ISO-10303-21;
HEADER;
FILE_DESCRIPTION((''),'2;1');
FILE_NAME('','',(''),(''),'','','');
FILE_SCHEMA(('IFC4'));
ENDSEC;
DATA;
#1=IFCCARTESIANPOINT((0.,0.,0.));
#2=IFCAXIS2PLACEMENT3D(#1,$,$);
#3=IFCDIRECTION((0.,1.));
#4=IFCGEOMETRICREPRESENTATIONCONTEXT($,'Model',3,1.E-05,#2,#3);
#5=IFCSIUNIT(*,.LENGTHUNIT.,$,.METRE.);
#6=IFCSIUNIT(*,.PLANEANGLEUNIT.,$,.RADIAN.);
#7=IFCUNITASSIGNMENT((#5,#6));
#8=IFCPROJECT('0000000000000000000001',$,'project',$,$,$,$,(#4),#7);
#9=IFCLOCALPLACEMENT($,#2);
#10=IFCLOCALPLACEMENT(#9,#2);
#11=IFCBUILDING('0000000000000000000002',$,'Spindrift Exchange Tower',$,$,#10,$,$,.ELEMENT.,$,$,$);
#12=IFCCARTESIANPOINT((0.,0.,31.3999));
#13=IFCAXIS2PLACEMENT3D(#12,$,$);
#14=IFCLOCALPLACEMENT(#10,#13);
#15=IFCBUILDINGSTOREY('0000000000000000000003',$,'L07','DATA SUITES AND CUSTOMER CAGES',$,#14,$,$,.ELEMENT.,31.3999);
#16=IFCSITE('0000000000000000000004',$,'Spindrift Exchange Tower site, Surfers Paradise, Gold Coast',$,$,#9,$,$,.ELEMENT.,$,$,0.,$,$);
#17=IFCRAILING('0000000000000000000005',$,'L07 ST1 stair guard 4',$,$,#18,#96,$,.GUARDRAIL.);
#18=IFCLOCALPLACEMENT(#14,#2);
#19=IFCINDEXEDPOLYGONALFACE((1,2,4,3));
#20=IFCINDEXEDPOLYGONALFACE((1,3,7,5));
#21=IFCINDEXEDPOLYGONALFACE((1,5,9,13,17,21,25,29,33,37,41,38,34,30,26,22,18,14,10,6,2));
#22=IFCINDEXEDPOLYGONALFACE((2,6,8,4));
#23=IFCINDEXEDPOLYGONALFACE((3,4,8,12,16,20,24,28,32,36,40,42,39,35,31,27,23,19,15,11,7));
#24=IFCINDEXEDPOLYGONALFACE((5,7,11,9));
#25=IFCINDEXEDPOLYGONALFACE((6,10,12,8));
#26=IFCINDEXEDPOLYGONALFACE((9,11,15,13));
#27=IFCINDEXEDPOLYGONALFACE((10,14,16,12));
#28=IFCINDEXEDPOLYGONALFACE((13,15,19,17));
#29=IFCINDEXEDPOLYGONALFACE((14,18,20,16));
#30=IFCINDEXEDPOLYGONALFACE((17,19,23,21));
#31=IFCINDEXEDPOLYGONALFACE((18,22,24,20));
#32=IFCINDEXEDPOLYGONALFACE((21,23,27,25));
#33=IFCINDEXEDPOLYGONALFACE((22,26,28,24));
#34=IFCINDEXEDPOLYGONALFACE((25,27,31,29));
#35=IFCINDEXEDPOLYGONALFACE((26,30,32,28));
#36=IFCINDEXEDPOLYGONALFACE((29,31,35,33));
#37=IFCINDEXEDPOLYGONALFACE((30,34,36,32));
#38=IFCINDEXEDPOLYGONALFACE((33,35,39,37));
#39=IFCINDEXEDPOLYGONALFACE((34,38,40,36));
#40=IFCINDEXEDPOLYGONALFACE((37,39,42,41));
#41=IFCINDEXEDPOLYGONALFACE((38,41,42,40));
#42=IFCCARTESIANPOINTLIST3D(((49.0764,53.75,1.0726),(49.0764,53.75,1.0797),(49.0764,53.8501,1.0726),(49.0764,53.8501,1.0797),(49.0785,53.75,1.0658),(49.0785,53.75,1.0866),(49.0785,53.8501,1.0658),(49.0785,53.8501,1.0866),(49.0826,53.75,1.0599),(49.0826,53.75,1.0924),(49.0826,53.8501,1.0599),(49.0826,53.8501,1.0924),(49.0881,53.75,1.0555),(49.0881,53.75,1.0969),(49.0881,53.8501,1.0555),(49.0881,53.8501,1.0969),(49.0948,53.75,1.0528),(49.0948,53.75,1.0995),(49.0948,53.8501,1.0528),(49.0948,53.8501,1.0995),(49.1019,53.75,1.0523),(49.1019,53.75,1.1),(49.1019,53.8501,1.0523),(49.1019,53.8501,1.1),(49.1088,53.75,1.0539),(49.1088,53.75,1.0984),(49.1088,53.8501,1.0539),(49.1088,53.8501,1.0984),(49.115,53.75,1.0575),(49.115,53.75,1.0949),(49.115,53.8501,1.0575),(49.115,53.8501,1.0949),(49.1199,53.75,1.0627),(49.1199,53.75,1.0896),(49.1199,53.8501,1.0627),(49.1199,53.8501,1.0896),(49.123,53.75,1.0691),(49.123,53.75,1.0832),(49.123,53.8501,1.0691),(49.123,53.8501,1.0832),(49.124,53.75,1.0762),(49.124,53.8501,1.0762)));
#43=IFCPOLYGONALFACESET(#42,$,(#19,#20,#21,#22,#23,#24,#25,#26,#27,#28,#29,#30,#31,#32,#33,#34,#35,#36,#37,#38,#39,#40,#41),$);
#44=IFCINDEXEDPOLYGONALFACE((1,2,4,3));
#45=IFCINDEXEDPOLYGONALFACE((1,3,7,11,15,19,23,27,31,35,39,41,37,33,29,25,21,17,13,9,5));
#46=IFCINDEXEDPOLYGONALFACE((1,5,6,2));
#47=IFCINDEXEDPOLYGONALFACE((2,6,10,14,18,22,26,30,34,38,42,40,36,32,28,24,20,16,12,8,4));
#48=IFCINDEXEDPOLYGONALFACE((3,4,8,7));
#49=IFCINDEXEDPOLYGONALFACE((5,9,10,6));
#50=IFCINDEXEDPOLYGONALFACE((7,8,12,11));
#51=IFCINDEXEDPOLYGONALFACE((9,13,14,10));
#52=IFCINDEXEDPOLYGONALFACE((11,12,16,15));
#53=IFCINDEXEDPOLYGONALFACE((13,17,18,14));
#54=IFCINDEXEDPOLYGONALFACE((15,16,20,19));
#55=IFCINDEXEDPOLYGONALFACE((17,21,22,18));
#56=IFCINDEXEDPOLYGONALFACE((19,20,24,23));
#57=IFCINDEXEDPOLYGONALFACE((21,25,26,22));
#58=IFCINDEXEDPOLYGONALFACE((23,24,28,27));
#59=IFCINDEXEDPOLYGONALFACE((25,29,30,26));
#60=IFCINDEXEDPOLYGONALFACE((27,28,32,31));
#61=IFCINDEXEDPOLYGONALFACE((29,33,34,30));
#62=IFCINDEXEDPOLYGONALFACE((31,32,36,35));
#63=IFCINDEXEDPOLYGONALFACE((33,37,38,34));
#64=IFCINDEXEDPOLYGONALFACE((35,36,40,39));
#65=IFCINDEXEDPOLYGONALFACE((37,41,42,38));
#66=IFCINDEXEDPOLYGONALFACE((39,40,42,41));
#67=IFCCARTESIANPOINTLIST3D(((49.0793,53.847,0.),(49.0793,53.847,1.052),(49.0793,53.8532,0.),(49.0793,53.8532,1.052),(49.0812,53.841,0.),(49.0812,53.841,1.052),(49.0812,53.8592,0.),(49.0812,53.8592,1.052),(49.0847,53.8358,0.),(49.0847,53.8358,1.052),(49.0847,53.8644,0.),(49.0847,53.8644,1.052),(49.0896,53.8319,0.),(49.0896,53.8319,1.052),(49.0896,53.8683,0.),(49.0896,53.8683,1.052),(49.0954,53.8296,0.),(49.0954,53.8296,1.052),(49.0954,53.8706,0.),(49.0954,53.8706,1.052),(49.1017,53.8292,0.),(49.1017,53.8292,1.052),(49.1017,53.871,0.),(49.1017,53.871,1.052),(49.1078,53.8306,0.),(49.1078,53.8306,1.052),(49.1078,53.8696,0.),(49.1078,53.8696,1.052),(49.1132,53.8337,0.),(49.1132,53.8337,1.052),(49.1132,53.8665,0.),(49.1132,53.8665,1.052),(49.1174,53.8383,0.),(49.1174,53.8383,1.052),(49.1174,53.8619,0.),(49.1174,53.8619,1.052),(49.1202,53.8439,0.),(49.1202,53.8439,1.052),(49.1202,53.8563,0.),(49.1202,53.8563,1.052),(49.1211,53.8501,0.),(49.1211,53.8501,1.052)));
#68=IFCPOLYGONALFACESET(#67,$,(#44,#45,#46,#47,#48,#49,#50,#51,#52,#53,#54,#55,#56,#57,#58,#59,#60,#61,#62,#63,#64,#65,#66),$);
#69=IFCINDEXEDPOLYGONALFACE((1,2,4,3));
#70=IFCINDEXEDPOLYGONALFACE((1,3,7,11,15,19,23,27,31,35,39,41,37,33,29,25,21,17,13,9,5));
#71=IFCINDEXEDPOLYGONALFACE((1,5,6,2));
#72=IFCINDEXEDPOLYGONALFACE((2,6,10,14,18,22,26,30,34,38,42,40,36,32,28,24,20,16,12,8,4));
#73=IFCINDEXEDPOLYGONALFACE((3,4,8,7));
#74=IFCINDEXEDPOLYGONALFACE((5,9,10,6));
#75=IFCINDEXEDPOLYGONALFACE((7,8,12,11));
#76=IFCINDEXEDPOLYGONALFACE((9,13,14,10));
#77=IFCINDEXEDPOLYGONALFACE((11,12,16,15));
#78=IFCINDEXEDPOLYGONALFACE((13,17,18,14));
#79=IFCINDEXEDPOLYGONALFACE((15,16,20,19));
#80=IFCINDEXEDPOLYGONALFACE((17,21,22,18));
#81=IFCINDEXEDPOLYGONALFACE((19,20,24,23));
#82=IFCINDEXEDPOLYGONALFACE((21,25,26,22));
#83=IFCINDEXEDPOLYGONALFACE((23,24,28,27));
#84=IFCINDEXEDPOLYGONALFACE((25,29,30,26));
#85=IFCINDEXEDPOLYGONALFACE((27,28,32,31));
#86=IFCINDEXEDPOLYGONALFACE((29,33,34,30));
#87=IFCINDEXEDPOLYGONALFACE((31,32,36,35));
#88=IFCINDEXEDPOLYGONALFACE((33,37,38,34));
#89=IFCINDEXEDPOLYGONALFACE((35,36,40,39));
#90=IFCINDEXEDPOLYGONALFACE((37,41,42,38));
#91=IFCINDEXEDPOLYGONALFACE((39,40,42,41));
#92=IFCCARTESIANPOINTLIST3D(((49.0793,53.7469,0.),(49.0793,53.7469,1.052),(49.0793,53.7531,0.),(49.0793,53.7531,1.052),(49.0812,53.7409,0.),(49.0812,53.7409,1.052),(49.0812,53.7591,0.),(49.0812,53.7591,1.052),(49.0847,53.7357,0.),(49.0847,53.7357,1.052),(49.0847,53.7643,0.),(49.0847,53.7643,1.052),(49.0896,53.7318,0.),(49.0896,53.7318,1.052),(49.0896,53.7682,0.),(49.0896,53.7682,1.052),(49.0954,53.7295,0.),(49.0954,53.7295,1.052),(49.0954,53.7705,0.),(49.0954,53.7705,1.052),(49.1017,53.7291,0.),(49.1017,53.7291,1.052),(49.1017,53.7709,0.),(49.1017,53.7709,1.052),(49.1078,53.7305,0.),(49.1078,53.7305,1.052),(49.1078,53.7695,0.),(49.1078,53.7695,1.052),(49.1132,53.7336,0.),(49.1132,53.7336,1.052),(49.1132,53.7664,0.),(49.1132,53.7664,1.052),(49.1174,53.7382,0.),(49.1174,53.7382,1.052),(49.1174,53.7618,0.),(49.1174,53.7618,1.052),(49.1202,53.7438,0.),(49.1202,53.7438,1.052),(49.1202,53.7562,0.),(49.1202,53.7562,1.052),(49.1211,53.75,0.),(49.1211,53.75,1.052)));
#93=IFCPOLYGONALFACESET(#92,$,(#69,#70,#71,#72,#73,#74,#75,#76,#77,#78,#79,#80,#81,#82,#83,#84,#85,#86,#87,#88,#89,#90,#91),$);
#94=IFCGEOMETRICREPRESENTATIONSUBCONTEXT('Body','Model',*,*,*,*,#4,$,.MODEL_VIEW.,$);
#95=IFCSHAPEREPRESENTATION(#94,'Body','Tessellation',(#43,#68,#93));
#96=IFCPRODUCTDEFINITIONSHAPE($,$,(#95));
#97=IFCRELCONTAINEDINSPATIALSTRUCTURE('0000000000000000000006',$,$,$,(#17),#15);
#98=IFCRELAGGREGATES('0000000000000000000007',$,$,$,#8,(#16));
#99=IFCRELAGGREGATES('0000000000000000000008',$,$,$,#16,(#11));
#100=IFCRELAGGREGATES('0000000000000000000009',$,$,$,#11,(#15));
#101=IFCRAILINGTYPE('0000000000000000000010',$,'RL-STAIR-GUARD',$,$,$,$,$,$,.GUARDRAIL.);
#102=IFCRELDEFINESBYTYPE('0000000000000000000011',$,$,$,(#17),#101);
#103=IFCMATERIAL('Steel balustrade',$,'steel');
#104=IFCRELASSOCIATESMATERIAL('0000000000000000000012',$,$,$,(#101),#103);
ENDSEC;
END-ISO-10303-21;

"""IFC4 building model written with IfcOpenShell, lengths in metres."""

from ifc_helpers import new_model, si_unit, direction, frame, origin, origin_2d, place, context, subcontext, project, spatial, circle, extrude, material, type_object, element, save


model = new_model("IFC4")

# Units and contexts
model_context = context("Model", 3, precision=1e-05, world=origin(), true_north=direction((0.0, 1.0)))
body_context = subcontext(model_context, "Body", "Model", "MODEL_VIEW")
ifc_project = project(units=[si_unit("LENGTHUNIT", "METRE"), si_unit("PLANEANGLEUNIT", "RADIAN")], contexts=[model_context])

# Site, building, storey
site_placement = place(None, origin())
site = spatial("IfcSite", under=ifc_project, at=site_placement, Name="Spindrift Exchange Tower site, Surfers Paradise, Gold Coast", CompositionType="ELEMENT", RefElevation=0.0)
building_placement = place(site_placement, origin())
building = spatial("IfcBuilding", under=site, at=building_placement, Name="Spindrift Exchange Tower", CompositionType="ELEMENT")
storey_placement = place(building_placement, frame((0.0, 0.0, 31.3999)))
storey = spatial("IfcBuildingStorey", under=building, at=storey_placement, Name="L07", Description="DATA SUITES AND CUSTOMER CAGES", CompositionType="ELEMENT", Elevation=31.3999)

# Railing
ifc_material_1 = material(Name="Steel balustrade", Category="steel")
railing_type_1 = type_object("IfcRailingType", Name="RL-STAIR-GUARD", PredefinedType="GUARDRAIL", material=ifc_material_1)
railing_1_placement = place(storey_placement, frame((49.1001, 53.8501, 0.0)))
element("IfcRailing", 1, at=railing_1_placement, inside=storey, type_object=railing_type_1, Name="L07 ST1 stair guard 4", PredefinedType="GUARDRAIL", context=body_context, shape_type="SweptSolid", body=[
    extrude(circle(Radius=0.0239, at=origin_2d()), frame((0.0, 0.0, 1.0762), z_axis=(0.0, -1.0, 0.0), x_axis=(1.0, 0.0, 0.0)), (0.0, 0.0, 1.0), 0.1001),
    extrude(circle(Radius=0.021, at=origin_2d()), origin(), (0.0, 0.0, 1.0), 1.052),
    extrude(circle(Radius=0.021, at=origin_2d()), frame((0.0, -0.1001, 0.0)), (0.0, 0.0, 1.0), 1.052),
])

save(model, "model.ifc")
